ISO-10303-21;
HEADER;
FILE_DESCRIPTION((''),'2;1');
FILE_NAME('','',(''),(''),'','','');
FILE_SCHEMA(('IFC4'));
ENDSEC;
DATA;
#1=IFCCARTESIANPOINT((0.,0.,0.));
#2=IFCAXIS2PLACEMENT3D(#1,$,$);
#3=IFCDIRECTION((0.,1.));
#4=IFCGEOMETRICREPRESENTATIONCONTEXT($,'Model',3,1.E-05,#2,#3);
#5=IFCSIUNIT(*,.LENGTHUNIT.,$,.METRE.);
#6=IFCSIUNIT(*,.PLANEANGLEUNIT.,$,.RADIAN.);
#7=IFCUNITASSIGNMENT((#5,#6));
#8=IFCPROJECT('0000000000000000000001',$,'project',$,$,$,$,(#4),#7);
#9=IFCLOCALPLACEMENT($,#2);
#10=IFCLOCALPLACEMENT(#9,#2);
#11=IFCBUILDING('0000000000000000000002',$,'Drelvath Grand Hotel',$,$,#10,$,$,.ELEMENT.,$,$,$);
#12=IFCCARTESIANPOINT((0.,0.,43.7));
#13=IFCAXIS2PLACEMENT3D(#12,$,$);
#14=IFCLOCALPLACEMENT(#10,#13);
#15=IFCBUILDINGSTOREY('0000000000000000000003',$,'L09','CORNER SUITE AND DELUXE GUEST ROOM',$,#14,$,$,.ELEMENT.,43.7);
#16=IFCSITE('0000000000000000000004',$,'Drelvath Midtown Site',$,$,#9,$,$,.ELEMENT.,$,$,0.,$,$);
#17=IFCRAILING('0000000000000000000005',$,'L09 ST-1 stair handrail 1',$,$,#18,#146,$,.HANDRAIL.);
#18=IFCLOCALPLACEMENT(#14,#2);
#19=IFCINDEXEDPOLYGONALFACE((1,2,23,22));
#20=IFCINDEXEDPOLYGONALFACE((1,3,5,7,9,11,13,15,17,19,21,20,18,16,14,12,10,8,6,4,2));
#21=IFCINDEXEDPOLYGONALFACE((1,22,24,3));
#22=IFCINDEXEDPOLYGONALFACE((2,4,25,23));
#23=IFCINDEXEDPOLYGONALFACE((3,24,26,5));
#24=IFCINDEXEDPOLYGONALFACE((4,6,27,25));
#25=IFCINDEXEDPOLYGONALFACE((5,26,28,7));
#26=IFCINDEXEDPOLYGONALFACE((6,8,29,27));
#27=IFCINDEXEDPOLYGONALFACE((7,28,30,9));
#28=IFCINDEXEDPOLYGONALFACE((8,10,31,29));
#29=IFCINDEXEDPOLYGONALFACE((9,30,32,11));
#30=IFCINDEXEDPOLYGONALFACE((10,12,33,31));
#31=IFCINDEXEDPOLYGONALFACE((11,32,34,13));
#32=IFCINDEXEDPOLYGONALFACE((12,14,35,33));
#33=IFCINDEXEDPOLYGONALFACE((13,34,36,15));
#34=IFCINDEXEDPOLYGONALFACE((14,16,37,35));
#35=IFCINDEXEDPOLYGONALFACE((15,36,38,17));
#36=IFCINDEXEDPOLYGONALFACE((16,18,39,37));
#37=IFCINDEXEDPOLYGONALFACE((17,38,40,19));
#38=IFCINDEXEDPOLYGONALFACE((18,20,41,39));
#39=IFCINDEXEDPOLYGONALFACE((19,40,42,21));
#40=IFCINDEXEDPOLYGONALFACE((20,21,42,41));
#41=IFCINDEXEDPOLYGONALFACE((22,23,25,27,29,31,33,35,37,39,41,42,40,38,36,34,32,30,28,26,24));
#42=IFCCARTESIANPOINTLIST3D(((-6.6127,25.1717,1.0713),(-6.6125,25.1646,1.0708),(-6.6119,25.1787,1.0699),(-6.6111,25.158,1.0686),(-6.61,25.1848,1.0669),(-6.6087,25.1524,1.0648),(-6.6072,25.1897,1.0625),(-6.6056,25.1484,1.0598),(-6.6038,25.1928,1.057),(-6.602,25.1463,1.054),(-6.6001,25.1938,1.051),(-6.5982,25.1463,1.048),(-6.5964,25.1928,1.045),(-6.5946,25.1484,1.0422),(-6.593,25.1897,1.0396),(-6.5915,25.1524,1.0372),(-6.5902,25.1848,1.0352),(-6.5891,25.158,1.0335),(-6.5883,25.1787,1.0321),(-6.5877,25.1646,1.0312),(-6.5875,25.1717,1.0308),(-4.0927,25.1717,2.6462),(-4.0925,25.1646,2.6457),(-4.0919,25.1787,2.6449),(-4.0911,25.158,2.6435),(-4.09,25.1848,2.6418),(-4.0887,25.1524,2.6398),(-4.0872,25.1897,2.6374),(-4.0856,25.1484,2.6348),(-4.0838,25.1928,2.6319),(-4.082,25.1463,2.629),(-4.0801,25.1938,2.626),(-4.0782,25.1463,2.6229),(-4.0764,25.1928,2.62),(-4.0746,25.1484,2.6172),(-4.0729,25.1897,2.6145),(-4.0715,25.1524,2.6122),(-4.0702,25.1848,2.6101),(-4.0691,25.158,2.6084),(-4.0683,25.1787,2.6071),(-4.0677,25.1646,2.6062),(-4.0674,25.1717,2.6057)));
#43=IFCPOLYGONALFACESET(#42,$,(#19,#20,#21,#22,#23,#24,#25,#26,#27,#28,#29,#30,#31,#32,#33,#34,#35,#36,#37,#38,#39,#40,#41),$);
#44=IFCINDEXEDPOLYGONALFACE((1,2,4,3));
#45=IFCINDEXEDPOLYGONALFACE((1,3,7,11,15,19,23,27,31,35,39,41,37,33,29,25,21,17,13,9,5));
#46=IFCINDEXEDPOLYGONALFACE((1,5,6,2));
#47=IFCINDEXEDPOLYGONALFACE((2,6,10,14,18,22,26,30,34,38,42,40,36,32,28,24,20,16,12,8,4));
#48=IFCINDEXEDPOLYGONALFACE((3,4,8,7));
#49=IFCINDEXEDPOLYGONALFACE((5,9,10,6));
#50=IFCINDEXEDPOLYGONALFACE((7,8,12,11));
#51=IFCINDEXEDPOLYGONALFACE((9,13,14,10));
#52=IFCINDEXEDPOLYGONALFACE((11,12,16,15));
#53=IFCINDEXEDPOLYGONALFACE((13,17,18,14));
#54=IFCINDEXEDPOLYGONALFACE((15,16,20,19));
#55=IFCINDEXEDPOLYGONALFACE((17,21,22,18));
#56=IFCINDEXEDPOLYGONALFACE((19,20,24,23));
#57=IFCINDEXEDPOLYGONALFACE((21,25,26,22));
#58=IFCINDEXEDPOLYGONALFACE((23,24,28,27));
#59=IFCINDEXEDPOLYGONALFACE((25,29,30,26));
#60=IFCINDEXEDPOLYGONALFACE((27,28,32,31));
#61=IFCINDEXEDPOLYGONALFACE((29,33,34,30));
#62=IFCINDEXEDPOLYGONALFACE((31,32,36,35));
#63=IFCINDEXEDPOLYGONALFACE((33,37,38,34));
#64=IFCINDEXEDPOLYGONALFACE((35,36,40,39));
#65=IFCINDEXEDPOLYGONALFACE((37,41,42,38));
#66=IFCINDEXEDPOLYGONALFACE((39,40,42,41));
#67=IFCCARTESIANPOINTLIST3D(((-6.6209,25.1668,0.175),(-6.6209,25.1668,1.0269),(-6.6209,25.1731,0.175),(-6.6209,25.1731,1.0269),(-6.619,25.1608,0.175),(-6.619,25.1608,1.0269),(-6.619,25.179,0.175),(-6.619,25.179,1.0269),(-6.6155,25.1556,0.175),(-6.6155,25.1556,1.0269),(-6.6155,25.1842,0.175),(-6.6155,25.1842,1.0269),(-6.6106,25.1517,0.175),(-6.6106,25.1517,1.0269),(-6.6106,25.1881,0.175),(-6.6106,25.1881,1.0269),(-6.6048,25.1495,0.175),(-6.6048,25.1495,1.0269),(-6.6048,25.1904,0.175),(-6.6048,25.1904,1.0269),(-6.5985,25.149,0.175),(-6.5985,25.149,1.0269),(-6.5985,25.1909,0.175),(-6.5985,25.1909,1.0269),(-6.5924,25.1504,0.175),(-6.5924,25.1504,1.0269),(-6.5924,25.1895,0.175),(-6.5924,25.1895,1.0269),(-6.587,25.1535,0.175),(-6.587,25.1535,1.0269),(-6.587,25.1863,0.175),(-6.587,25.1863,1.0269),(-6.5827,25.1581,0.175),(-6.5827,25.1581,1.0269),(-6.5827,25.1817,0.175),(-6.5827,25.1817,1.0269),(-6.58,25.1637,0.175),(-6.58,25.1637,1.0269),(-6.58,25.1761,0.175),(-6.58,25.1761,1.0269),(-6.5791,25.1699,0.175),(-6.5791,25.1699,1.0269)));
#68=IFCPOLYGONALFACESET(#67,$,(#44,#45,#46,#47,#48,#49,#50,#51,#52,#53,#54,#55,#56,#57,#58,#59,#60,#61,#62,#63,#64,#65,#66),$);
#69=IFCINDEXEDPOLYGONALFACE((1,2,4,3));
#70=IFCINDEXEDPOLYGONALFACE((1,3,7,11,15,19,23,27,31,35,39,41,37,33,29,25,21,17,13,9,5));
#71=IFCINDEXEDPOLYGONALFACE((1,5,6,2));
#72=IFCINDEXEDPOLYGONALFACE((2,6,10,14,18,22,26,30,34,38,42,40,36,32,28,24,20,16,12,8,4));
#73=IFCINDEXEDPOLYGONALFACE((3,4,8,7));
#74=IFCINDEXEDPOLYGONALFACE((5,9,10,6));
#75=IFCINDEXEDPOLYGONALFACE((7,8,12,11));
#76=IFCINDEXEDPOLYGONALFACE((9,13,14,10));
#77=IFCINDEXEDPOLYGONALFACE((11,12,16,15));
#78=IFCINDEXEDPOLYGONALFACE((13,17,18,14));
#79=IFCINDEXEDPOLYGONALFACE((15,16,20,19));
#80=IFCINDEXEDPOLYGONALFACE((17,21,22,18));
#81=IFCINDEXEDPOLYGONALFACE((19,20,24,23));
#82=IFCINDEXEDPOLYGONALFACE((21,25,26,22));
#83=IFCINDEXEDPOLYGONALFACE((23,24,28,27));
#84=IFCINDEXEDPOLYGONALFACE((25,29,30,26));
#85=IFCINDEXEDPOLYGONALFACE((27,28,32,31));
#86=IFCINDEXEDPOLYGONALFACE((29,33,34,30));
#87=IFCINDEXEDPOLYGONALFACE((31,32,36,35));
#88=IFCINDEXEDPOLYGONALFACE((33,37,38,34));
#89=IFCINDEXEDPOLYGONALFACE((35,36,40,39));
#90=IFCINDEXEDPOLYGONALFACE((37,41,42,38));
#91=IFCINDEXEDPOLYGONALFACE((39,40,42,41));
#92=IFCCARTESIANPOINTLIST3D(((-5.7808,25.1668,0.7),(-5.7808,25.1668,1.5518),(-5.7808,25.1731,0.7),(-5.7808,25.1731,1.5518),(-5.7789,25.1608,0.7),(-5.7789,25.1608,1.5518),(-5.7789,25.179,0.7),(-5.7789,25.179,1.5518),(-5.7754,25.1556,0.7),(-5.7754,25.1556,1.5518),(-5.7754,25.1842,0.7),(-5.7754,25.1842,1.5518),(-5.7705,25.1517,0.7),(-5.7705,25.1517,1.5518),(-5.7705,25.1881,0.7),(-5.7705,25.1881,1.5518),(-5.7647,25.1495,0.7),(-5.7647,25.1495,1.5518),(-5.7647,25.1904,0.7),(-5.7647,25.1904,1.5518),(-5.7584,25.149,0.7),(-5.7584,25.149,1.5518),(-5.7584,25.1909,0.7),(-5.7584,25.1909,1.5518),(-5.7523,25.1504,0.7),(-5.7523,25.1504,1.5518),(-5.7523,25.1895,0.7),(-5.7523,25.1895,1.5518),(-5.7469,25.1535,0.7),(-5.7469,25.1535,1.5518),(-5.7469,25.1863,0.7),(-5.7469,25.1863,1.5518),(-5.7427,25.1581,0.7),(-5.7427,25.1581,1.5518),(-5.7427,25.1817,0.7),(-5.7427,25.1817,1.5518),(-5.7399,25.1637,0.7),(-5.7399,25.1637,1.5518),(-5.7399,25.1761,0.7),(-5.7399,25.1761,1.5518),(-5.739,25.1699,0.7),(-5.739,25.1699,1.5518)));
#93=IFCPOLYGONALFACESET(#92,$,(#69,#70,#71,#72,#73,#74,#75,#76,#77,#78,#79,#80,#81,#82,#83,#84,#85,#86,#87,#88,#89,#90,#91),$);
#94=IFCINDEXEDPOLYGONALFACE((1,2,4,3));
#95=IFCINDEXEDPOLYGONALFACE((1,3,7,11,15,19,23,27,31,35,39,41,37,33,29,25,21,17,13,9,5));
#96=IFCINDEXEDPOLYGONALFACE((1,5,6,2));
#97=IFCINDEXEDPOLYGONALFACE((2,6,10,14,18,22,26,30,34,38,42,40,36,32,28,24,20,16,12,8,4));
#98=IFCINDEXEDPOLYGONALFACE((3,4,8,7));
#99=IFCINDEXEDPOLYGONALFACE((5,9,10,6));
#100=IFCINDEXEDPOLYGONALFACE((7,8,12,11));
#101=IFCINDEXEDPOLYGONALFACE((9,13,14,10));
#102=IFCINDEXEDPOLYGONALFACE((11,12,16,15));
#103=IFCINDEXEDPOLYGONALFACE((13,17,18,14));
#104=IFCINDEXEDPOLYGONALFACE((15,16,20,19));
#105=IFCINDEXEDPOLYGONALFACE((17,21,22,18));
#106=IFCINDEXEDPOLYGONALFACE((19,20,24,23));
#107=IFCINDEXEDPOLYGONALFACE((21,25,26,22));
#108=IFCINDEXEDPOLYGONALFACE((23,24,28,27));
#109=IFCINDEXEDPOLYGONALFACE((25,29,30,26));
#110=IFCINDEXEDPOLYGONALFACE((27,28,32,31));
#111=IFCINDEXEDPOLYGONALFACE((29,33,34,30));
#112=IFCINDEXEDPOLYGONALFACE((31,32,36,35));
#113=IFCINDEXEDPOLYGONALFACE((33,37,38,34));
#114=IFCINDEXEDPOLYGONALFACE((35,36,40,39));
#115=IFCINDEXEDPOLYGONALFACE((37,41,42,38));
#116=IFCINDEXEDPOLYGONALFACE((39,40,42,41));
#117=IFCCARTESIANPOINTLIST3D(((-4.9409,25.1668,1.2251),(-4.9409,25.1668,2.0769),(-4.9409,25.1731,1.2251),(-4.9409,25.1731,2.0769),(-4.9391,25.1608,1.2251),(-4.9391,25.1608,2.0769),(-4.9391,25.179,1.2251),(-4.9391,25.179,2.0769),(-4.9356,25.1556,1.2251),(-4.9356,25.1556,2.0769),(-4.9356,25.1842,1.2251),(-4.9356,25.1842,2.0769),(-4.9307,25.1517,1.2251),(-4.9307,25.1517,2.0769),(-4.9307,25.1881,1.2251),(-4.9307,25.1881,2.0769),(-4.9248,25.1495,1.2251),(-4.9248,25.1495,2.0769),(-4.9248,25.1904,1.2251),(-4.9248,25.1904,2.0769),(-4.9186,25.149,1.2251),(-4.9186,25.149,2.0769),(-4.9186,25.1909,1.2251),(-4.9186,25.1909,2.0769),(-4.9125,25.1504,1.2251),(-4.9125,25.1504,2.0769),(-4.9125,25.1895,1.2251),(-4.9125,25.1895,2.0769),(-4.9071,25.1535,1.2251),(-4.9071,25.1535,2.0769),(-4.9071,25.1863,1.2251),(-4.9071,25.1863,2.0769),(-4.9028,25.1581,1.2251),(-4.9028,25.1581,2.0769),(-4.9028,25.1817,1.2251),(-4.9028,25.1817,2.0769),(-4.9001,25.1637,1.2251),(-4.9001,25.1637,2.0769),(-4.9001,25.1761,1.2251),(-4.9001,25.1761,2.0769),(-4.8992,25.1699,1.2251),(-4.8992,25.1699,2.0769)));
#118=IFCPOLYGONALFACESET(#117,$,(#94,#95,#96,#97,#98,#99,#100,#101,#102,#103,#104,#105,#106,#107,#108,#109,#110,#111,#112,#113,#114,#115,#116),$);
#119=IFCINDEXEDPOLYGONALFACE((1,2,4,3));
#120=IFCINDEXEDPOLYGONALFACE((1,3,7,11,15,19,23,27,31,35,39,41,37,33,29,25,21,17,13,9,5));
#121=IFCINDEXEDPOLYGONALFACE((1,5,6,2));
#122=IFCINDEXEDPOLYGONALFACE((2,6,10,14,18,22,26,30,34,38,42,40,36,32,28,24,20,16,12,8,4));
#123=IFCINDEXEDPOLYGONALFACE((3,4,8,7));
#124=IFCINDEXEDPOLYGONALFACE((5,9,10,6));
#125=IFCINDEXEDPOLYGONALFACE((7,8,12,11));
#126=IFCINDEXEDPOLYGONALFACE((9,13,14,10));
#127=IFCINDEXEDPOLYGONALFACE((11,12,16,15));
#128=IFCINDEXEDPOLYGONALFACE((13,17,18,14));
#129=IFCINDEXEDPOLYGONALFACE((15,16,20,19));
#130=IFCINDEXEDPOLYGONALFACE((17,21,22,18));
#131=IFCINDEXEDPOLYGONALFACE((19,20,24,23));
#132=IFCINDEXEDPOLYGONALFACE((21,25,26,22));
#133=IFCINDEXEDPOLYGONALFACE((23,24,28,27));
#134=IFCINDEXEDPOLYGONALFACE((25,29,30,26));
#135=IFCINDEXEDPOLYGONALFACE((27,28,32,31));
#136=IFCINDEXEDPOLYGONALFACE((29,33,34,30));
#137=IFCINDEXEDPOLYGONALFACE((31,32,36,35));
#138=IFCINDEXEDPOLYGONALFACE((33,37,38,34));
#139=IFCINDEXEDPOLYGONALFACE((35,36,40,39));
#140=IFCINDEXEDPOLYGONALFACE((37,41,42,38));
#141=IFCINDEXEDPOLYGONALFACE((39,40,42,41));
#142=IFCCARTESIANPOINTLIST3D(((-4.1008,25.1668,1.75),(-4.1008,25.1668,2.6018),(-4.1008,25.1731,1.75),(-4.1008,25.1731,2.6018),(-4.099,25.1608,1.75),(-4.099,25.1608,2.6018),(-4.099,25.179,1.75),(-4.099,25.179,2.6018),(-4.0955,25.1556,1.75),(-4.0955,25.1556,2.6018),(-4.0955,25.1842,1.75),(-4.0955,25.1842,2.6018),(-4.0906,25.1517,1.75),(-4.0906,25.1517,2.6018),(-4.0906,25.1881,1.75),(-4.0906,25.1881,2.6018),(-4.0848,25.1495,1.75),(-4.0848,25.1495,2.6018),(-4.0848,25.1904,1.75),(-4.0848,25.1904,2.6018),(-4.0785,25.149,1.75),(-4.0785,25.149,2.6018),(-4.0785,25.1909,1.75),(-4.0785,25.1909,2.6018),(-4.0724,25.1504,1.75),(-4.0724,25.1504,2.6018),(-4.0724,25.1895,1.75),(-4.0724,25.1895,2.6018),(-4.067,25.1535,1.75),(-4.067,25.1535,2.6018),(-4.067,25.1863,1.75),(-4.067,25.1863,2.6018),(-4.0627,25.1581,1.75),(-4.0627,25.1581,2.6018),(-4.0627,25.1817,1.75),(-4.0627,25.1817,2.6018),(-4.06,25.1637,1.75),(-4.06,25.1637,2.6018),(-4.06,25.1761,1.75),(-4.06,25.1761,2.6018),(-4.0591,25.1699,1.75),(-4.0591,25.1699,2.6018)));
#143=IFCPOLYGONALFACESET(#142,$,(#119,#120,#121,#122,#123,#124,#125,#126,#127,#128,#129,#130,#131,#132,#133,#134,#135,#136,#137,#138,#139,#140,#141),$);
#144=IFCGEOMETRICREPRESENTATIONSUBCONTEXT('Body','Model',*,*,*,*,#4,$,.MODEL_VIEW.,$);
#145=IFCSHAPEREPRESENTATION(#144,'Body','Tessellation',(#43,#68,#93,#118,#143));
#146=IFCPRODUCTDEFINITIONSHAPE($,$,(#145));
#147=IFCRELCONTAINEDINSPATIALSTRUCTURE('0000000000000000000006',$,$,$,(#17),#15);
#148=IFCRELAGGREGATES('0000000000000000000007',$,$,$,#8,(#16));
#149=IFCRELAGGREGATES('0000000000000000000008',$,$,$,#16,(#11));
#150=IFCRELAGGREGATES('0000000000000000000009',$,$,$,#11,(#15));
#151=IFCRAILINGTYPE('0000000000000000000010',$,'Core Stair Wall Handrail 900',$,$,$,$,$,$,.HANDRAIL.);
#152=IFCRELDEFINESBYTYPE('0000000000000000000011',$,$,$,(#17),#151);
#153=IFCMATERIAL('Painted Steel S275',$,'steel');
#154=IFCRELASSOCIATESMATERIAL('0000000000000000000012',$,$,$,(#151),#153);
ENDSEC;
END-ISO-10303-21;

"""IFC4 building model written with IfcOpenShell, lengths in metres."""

from ifc_helpers import new_model, si_unit, direction, frame, origin, origin_2d, place, context, subcontext, project, spatial, circle, extrude, material, type_object, element, save


model = new_model("IFC4")

# Units and contexts
model_context = context("Model", 3, precision=1e-05, world=origin(), true_north=direction((0.0, 1.0)))
body_context = subcontext(model_context, "Body", "Model", "MODEL_VIEW")
ifc_project = project(units=[si_unit("LENGTHUNIT", "METRE"), si_unit("PLANEANGLEUNIT", "RADIAN")], contexts=[model_context])

# Site, building, storey
site_placement = place(None, origin())
site = spatial("IfcSite", under=ifc_project, at=site_placement, Name="Drelvath Midtown Site", CompositionType="ELEMENT", RefElevation=0.0)
building_placement = place(site_placement, origin())
building = spatial("IfcBuilding", under=site, at=building_placement, Name="Drelvath Grand Hotel", CompositionType="ELEMENT")
storey_placement = place(building_placement, frame((0.0, 0.0, 43.7)))
storey = spatial("IfcBuildingStorey", under=building, at=storey_placement, Name="L09", Description="CORNER SUITE AND DELUXE GUEST ROOM", CompositionType="ELEMENT", Elevation=43.7)

# Shared definitions
ifc_material_1 = material(Name="Painted Steel S275", Category="steel")

# Railing
railing_type_1 = type_object("IfcRailingType", Name="Core Stair Wall Handrail 900", PredefinedType="HANDRAIL", material=ifc_material_1)
railing_1_placement = place(storey_placement, frame((-6.6001, 25.1699, 0.175)))
element("IfcRailing", 1, at=railing_1_placement, inside=storey, type_object=railing_type_1, Name="L09 ST-1 stair handrail 1", PredefinedType="HANDRAIL", context=body_context, shape_type="SweptSolid", body=[
    extrude(circle(Radius=0.0239, at=origin_2d()), frame((0.0, 0.0, 0.876), z_axis=(0.848008, 0.0, 0.529984), x_axis=(0.0, 1.0, 0.0)), (0.0, 0.0, 1.0), 2.9717),
    extrude(circle(Radius=0.021, at=origin_2d()), origin(), (0.0, 0.0, 1.0), 0.8518),
    extrude(circle(Radius=0.021, at=origin_2d()), frame((0.8401, 0.0, 0.5249)), (0.0, 0.0, 1.0), 0.8518),
    extrude(circle(Radius=0.021, at=origin_2d()), frame((1.6799, 0.0, 1.05)), (0.0, 0.0, 1.0), 0.8518),
    extrude(circle(Radius=0.021, at=origin_2d()), frame((2.52, 0.0, 1.575)), (0.0, 0.0, 1.0), 0.8518),
])

save(model, "model.ifc")
